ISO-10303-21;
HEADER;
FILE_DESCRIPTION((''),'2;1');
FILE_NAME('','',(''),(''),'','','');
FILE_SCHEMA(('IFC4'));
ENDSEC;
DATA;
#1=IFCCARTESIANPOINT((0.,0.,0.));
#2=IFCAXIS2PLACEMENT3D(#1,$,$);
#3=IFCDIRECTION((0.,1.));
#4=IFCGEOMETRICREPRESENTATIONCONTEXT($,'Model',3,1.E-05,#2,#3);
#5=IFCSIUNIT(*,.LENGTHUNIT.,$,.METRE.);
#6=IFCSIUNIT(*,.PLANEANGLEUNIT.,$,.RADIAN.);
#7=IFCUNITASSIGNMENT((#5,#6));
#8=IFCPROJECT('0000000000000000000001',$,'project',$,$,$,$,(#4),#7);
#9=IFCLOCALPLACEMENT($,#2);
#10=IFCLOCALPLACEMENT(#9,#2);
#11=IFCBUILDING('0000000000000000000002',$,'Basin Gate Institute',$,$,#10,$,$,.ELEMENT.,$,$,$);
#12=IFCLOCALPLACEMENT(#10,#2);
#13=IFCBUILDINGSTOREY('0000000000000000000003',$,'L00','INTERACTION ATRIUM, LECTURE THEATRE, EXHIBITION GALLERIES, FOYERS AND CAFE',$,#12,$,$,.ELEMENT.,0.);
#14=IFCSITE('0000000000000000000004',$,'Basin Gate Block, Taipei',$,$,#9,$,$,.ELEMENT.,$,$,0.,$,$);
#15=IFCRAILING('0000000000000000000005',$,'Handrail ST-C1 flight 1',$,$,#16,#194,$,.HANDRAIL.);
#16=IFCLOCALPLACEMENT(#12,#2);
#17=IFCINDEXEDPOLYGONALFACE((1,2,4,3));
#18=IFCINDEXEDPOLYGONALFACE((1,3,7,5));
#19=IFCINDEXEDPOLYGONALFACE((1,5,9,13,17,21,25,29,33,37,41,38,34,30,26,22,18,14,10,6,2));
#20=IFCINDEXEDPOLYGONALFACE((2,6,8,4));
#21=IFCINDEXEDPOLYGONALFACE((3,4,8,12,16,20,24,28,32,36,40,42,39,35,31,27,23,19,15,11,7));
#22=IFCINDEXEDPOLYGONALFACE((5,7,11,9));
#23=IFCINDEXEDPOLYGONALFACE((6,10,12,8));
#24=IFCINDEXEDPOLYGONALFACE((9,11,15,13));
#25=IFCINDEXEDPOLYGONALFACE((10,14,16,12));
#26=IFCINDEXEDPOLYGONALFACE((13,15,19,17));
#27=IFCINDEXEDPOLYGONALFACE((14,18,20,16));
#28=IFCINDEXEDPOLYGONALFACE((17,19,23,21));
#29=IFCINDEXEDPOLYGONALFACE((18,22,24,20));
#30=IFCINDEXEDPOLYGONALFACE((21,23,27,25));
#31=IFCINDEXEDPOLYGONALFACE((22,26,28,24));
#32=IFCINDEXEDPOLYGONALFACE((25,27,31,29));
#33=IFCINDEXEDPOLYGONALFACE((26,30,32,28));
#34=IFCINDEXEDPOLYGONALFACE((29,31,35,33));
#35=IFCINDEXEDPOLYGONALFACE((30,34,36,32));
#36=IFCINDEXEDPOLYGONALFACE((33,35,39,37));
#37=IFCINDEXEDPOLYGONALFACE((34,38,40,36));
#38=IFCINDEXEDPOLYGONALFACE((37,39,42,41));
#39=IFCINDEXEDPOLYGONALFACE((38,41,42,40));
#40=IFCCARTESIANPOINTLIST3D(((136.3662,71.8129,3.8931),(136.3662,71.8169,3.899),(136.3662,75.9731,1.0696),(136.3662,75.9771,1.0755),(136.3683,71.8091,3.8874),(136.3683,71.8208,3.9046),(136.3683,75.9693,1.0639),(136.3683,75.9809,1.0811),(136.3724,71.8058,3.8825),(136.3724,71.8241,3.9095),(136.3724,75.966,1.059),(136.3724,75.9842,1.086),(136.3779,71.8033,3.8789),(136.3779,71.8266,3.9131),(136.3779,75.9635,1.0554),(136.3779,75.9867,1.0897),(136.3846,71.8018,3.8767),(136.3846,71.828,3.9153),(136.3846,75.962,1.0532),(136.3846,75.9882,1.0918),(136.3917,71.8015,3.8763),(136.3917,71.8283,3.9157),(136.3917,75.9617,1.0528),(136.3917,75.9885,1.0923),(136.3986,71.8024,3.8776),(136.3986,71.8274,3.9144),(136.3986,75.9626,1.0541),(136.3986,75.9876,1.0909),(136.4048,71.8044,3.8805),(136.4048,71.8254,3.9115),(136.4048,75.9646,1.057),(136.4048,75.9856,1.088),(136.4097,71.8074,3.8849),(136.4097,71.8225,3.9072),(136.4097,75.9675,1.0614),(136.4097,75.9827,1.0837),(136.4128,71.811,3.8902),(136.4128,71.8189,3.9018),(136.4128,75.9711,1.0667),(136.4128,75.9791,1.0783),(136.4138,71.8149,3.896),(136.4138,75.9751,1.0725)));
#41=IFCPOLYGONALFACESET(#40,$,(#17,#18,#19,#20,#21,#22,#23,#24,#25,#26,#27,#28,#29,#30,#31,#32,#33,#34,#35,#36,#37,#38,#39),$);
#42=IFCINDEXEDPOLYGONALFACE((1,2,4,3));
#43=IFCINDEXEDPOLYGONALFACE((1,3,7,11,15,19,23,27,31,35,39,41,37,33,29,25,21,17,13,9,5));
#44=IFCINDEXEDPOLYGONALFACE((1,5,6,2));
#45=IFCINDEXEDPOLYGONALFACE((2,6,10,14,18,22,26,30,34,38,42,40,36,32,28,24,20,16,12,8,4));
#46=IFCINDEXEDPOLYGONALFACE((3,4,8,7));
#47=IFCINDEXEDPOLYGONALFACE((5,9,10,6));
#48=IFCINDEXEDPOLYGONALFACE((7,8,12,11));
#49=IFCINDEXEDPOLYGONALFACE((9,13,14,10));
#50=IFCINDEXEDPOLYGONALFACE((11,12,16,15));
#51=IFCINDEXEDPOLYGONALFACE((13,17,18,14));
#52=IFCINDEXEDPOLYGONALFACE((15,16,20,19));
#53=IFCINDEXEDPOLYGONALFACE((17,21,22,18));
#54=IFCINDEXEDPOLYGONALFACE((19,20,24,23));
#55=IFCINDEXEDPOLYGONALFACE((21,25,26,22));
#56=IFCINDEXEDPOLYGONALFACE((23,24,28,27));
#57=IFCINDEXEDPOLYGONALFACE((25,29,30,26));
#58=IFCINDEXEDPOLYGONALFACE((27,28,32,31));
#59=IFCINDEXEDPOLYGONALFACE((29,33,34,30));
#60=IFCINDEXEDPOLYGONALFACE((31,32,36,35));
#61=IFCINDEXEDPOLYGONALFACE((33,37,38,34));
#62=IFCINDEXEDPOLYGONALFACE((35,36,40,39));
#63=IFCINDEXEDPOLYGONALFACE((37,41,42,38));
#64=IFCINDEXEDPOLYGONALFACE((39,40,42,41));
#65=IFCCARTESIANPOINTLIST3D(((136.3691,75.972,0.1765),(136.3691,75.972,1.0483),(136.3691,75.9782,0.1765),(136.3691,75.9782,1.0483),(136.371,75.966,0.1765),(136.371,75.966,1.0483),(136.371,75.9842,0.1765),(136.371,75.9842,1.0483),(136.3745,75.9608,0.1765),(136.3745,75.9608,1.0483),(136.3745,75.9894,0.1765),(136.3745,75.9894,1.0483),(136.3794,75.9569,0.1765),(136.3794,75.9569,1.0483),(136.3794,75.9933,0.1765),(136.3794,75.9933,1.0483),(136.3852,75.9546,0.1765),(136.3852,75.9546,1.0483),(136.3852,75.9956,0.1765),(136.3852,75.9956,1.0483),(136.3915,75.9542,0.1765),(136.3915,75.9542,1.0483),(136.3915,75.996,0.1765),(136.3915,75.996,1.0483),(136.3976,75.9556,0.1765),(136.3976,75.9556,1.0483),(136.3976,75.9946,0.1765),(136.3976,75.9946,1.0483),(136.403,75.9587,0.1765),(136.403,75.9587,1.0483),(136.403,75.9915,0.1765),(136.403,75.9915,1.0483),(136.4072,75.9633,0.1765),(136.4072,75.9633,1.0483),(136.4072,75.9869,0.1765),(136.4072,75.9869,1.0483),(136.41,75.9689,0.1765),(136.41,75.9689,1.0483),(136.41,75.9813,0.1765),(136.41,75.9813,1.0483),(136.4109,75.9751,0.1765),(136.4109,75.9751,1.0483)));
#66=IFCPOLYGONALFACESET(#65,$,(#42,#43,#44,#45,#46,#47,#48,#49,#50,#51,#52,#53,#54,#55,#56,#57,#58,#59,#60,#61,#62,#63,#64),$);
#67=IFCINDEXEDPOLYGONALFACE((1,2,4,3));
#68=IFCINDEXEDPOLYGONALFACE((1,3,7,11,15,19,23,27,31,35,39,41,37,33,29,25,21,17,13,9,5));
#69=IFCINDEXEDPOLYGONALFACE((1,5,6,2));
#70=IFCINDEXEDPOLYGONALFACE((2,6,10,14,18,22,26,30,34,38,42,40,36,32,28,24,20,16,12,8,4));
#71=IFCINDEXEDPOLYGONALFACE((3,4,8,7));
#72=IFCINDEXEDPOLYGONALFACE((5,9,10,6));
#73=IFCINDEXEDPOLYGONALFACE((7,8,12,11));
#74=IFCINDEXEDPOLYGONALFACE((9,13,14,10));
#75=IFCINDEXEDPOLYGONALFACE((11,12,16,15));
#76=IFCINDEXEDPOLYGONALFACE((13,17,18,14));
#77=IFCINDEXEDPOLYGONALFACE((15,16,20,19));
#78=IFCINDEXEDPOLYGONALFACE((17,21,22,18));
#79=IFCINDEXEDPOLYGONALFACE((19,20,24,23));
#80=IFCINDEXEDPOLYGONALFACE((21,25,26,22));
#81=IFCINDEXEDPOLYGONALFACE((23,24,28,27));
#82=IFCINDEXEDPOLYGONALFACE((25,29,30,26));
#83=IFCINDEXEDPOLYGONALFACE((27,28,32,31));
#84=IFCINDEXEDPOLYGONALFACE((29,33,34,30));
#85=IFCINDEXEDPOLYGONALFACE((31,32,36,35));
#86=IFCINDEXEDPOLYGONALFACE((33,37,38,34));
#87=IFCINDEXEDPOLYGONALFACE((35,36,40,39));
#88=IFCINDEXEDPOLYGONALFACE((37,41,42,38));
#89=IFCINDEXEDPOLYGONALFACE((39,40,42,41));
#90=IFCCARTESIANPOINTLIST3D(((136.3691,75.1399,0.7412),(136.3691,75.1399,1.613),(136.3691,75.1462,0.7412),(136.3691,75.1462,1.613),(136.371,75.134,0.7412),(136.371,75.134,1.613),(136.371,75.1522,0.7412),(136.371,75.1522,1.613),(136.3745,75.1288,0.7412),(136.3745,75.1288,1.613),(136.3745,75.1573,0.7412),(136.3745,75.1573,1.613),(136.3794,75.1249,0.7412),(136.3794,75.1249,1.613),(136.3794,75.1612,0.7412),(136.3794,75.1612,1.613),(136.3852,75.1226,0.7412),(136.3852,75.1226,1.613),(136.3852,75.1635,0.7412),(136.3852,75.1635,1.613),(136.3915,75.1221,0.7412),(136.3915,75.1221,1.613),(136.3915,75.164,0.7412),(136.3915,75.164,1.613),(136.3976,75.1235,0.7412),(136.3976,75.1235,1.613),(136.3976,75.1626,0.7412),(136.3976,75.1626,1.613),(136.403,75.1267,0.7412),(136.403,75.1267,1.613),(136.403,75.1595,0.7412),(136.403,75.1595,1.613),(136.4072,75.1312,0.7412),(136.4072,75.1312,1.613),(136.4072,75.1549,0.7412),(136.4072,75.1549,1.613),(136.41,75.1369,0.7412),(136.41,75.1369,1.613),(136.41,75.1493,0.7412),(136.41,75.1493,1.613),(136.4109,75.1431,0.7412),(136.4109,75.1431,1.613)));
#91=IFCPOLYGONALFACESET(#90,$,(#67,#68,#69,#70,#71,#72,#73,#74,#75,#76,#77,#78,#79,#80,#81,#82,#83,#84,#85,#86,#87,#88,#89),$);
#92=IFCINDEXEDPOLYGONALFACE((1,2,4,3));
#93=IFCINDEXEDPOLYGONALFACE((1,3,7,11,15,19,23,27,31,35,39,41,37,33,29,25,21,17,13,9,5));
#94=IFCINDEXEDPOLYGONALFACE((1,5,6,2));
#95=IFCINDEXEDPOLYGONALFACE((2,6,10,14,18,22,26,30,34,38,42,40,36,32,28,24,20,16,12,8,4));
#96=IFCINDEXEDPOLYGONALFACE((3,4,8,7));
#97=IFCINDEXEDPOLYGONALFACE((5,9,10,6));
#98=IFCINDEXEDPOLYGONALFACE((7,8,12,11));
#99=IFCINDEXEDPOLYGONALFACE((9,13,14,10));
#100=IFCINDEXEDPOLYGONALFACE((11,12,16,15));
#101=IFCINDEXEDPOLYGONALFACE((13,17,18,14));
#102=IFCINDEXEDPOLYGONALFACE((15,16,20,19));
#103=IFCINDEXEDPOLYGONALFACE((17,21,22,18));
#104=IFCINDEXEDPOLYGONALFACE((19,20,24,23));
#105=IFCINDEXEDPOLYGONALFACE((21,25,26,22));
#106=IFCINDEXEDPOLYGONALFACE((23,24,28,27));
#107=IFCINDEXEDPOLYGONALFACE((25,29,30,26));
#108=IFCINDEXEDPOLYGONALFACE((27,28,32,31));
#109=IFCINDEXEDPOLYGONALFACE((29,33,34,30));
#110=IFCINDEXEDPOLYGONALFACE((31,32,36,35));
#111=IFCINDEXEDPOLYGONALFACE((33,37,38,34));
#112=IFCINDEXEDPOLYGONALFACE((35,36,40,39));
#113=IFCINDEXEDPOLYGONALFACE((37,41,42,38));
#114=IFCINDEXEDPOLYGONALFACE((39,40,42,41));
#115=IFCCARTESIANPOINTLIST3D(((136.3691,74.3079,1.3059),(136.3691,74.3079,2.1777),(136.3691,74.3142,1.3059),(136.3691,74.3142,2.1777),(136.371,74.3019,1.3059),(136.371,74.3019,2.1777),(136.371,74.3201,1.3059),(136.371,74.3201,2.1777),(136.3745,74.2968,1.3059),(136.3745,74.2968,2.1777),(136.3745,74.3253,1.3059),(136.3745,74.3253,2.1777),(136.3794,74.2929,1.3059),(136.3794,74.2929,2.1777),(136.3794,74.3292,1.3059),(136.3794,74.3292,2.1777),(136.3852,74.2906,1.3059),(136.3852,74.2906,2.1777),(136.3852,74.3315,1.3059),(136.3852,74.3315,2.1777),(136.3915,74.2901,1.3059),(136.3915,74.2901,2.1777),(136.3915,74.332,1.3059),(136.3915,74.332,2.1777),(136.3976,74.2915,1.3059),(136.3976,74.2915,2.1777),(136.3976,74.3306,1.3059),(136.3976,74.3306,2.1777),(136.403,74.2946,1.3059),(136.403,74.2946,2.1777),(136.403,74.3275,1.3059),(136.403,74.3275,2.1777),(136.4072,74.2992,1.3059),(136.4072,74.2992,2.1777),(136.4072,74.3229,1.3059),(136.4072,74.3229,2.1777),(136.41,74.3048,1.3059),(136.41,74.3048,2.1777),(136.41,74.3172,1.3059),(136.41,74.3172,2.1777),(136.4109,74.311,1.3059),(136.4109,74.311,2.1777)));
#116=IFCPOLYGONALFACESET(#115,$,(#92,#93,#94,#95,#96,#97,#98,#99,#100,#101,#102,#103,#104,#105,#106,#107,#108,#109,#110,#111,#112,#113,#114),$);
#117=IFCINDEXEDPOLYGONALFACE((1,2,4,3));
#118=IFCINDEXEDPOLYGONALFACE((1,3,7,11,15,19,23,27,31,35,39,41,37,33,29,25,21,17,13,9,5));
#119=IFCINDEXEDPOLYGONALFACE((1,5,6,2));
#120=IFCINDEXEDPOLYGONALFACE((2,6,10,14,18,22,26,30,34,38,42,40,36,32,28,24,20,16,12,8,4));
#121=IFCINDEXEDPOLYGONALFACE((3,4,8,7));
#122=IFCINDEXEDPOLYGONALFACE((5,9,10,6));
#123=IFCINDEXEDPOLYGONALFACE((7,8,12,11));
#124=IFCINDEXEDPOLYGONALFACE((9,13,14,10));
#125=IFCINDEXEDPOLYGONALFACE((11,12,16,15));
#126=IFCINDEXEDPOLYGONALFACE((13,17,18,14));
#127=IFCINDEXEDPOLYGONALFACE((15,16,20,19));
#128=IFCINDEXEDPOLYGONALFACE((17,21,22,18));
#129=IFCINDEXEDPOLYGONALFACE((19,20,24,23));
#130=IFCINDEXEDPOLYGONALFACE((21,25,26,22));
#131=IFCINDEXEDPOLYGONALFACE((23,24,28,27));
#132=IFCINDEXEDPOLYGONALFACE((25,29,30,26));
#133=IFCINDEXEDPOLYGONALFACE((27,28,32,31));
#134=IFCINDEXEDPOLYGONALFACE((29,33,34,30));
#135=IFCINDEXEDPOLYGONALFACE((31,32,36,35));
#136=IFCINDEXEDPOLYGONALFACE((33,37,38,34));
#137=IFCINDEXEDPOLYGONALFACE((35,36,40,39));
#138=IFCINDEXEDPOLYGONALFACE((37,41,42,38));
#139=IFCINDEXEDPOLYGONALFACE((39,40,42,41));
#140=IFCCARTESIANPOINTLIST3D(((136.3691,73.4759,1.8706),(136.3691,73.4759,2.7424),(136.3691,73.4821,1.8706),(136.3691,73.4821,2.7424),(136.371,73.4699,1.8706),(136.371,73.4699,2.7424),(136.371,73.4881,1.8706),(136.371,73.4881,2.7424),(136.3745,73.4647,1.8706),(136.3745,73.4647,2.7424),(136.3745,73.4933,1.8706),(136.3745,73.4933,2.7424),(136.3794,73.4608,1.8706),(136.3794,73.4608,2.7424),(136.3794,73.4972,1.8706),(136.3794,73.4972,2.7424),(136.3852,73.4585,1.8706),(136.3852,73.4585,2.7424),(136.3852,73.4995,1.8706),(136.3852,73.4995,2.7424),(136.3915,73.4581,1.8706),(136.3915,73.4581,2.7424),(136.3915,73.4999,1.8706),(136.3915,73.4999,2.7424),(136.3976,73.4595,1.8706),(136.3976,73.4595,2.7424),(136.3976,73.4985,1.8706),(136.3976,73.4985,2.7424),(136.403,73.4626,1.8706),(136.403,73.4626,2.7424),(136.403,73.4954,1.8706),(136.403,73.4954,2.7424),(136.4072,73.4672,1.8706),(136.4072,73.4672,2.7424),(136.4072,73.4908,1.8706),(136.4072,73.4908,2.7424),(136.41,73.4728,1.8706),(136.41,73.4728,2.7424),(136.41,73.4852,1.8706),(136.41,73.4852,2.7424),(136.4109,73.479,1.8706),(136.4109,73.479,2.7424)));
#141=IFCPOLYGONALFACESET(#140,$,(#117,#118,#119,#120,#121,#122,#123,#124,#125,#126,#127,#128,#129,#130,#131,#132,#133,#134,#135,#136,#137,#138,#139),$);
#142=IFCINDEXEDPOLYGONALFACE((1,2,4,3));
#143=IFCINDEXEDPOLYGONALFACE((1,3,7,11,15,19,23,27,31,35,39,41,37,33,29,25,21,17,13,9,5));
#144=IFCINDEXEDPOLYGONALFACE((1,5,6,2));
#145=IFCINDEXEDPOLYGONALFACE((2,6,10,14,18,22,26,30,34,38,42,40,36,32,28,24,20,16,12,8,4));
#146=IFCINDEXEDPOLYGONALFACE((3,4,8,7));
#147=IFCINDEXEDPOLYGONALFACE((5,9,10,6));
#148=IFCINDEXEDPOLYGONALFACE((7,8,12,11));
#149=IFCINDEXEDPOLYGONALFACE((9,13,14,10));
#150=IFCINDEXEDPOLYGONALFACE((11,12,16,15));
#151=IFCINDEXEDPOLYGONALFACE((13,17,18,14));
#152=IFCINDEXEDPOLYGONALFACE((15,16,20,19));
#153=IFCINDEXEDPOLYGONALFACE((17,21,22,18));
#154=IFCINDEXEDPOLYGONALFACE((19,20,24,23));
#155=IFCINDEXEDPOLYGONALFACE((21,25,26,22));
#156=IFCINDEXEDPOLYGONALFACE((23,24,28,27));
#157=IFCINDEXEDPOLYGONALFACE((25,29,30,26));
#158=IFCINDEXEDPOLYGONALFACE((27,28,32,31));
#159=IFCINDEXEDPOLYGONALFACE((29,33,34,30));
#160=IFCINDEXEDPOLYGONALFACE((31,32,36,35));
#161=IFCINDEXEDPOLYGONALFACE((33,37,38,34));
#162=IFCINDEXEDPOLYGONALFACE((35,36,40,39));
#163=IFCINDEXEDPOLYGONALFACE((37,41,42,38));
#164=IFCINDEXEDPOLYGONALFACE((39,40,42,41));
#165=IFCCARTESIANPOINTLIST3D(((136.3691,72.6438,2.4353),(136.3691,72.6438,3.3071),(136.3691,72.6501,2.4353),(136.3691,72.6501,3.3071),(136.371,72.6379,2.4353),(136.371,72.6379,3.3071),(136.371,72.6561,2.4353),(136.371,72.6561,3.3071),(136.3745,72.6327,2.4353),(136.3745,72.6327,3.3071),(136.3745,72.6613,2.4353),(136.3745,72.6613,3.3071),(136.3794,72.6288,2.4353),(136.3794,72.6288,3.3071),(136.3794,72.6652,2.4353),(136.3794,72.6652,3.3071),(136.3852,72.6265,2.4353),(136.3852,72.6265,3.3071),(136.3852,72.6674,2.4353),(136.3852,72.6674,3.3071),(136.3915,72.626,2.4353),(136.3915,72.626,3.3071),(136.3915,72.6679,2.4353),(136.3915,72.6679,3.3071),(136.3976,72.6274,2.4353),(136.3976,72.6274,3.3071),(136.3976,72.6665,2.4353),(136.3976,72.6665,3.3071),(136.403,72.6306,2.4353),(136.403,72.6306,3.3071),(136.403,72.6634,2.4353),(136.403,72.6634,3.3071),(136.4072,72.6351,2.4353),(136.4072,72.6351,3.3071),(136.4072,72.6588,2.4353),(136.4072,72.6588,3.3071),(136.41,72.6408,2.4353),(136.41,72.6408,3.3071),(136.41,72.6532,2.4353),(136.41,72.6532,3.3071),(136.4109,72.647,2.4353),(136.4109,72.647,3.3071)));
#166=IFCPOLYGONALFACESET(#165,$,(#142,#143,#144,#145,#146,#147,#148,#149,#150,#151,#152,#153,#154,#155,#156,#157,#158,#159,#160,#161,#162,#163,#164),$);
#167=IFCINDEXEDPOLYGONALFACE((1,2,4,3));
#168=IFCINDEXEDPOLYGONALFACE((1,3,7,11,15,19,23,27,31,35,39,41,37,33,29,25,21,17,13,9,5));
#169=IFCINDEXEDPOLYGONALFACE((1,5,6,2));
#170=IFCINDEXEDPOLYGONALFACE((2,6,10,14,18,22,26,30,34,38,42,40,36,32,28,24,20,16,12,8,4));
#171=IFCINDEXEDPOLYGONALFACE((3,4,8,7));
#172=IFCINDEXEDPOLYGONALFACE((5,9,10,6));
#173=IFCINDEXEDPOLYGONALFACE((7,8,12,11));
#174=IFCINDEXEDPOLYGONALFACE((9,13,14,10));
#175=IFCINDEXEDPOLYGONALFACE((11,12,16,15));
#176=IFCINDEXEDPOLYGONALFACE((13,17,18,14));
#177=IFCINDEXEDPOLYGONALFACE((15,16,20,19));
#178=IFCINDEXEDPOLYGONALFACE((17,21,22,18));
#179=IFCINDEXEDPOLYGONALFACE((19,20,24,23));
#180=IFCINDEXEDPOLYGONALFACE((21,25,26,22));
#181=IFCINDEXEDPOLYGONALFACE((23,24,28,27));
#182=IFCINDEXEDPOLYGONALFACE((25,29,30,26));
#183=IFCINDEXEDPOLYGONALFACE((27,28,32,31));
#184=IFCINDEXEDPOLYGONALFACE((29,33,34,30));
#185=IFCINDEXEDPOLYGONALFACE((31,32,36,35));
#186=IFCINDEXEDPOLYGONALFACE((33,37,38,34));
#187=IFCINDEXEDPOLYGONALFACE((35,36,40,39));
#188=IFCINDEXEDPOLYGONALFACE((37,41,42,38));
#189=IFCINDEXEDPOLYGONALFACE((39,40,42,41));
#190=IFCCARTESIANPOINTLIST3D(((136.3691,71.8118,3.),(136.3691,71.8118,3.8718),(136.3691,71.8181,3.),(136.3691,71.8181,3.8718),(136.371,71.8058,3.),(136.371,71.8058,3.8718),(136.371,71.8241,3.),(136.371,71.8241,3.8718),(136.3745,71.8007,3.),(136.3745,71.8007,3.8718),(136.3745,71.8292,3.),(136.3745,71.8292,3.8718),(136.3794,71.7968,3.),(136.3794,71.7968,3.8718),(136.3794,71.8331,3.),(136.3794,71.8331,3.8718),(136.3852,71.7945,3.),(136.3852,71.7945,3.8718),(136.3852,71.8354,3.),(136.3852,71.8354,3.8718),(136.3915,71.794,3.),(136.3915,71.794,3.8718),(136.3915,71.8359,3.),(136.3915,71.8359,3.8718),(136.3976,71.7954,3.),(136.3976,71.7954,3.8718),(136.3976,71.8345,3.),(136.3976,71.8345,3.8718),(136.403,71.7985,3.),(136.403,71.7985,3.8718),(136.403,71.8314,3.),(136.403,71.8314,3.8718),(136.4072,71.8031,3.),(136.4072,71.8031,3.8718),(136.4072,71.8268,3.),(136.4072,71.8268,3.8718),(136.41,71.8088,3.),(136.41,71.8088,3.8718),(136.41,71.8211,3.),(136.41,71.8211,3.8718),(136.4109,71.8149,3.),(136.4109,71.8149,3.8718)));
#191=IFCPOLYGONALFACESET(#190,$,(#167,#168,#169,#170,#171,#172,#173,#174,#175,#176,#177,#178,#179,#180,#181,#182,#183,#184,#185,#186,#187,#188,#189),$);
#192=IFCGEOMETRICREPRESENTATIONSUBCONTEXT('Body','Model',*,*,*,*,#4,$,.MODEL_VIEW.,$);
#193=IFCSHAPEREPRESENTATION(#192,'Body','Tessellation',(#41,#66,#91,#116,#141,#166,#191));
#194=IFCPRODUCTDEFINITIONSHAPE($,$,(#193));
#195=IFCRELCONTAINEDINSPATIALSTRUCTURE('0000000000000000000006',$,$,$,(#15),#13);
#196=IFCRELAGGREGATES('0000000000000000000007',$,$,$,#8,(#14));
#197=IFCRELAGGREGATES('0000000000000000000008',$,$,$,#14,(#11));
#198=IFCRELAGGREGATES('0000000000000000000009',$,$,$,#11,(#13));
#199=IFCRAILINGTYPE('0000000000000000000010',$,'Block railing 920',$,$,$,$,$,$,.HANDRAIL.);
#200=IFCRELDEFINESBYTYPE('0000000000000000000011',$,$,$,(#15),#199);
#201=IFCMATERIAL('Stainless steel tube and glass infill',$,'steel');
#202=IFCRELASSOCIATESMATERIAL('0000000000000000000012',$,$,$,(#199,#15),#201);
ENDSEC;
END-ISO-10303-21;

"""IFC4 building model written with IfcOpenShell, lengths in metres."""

from ifc_helpers import new_model, si_unit, direction, frame, origin, origin_2d, place, context, subcontext, project, spatial, circle, extrude, material, type_object, element, save


model = new_model("IFC4")

# Units and contexts
model_context = context("Model", 3, precision=1e-05, world=origin(), true_north=direction((0.0, 1.0)))
body_context = subcontext(model_context, "Body", "Model", "MODEL_VIEW")
ifc_project = project(units=[si_unit("LENGTHUNIT", "METRE"), si_unit("PLANEANGLEUNIT", "RADIAN")], contexts=[model_context])

# Site, building, storey
site_placement = place(None, origin())
site = spatial("IfcSite", under=ifc_project, at=site_placement, Name="Basin Gate Block, Taipei", CompositionType="ELEMENT", RefElevation=0.0)
building_placement = place(site_placement, origin())
building = spatial("IfcBuilding", under=site, at=building_placement, Name="Basin Gate Institute", CompositionType="ELEMENT")
storey_placement = place(building_placement, origin())
storey = spatial("IfcBuildingStorey", under=building, at=storey_placement, Name="L00", Description="INTERACTION ATRIUM, LECTURE THEATRE, EXHIBITION GALLERIES, FOYERS AND CAFE", CompositionType="ELEMENT", Elevation=0.0)

# Railing
ifc_material_1 = material(Name="Stainless steel tube and glass infill", Category="steel")
railing_type = type_object("IfcRailingType", Name="Block railing 920", PredefinedType="HANDRAIL", material=ifc_material_1)
for number, where, name in (
    (1, (136.3899, 75.9751, 0.1765), "Handrail ST-C1 flight 1"),
):
    element("IfcRailing", number, at=place(storey_placement, frame(where)), inside=storey, type_object=railing_type, material=ifc_material_1, Name=name, PredefinedType="HANDRAIL", context=body_context, shape_type="SweptSolid", body=[
        extrude(circle(Radius=0.0239, at=origin_2d()), frame((0.0, 0.0, 0.896), z_axis=(0.0, -0.827427, 0.561573), x_axis=(1.0, 0.0, 0.0)), (0.0, 0.0, 1.0), 5.0278),
        extrude(circle(Radius=0.021, at=origin_2d()), origin(), (0.0, 0.0, 1.0), 0.8718),
        extrude(circle(Radius=0.021, at=origin_2d()), frame((0.0, -0.832, 0.5647)), (0.0, 0.0, 1.0), 0.8718),
        extrude(circle(Radius=0.021, at=origin_2d()), frame((0.0, -1.6641, 1.1294)), (0.0, 0.0, 1.0), 0.8718),
        extrude(circle(Radius=0.021, at=origin_2d()), frame((0.0, -2.4961, 1.6941)), (0.0, 0.0, 1.0), 0.8718),
        extrude(circle(Radius=0.021, at=origin_2d()), frame((0.0, -3.3281, 2.2588)), (0.0, 0.0, 1.0), 0.8718),
        extrude(circle(Radius=0.021, at=origin_2d()), frame((0.0, -4.1602, 2.8235)), (0.0, 0.0, 1.0), 0.8718),
    ])

save(model, "model.ifc")
